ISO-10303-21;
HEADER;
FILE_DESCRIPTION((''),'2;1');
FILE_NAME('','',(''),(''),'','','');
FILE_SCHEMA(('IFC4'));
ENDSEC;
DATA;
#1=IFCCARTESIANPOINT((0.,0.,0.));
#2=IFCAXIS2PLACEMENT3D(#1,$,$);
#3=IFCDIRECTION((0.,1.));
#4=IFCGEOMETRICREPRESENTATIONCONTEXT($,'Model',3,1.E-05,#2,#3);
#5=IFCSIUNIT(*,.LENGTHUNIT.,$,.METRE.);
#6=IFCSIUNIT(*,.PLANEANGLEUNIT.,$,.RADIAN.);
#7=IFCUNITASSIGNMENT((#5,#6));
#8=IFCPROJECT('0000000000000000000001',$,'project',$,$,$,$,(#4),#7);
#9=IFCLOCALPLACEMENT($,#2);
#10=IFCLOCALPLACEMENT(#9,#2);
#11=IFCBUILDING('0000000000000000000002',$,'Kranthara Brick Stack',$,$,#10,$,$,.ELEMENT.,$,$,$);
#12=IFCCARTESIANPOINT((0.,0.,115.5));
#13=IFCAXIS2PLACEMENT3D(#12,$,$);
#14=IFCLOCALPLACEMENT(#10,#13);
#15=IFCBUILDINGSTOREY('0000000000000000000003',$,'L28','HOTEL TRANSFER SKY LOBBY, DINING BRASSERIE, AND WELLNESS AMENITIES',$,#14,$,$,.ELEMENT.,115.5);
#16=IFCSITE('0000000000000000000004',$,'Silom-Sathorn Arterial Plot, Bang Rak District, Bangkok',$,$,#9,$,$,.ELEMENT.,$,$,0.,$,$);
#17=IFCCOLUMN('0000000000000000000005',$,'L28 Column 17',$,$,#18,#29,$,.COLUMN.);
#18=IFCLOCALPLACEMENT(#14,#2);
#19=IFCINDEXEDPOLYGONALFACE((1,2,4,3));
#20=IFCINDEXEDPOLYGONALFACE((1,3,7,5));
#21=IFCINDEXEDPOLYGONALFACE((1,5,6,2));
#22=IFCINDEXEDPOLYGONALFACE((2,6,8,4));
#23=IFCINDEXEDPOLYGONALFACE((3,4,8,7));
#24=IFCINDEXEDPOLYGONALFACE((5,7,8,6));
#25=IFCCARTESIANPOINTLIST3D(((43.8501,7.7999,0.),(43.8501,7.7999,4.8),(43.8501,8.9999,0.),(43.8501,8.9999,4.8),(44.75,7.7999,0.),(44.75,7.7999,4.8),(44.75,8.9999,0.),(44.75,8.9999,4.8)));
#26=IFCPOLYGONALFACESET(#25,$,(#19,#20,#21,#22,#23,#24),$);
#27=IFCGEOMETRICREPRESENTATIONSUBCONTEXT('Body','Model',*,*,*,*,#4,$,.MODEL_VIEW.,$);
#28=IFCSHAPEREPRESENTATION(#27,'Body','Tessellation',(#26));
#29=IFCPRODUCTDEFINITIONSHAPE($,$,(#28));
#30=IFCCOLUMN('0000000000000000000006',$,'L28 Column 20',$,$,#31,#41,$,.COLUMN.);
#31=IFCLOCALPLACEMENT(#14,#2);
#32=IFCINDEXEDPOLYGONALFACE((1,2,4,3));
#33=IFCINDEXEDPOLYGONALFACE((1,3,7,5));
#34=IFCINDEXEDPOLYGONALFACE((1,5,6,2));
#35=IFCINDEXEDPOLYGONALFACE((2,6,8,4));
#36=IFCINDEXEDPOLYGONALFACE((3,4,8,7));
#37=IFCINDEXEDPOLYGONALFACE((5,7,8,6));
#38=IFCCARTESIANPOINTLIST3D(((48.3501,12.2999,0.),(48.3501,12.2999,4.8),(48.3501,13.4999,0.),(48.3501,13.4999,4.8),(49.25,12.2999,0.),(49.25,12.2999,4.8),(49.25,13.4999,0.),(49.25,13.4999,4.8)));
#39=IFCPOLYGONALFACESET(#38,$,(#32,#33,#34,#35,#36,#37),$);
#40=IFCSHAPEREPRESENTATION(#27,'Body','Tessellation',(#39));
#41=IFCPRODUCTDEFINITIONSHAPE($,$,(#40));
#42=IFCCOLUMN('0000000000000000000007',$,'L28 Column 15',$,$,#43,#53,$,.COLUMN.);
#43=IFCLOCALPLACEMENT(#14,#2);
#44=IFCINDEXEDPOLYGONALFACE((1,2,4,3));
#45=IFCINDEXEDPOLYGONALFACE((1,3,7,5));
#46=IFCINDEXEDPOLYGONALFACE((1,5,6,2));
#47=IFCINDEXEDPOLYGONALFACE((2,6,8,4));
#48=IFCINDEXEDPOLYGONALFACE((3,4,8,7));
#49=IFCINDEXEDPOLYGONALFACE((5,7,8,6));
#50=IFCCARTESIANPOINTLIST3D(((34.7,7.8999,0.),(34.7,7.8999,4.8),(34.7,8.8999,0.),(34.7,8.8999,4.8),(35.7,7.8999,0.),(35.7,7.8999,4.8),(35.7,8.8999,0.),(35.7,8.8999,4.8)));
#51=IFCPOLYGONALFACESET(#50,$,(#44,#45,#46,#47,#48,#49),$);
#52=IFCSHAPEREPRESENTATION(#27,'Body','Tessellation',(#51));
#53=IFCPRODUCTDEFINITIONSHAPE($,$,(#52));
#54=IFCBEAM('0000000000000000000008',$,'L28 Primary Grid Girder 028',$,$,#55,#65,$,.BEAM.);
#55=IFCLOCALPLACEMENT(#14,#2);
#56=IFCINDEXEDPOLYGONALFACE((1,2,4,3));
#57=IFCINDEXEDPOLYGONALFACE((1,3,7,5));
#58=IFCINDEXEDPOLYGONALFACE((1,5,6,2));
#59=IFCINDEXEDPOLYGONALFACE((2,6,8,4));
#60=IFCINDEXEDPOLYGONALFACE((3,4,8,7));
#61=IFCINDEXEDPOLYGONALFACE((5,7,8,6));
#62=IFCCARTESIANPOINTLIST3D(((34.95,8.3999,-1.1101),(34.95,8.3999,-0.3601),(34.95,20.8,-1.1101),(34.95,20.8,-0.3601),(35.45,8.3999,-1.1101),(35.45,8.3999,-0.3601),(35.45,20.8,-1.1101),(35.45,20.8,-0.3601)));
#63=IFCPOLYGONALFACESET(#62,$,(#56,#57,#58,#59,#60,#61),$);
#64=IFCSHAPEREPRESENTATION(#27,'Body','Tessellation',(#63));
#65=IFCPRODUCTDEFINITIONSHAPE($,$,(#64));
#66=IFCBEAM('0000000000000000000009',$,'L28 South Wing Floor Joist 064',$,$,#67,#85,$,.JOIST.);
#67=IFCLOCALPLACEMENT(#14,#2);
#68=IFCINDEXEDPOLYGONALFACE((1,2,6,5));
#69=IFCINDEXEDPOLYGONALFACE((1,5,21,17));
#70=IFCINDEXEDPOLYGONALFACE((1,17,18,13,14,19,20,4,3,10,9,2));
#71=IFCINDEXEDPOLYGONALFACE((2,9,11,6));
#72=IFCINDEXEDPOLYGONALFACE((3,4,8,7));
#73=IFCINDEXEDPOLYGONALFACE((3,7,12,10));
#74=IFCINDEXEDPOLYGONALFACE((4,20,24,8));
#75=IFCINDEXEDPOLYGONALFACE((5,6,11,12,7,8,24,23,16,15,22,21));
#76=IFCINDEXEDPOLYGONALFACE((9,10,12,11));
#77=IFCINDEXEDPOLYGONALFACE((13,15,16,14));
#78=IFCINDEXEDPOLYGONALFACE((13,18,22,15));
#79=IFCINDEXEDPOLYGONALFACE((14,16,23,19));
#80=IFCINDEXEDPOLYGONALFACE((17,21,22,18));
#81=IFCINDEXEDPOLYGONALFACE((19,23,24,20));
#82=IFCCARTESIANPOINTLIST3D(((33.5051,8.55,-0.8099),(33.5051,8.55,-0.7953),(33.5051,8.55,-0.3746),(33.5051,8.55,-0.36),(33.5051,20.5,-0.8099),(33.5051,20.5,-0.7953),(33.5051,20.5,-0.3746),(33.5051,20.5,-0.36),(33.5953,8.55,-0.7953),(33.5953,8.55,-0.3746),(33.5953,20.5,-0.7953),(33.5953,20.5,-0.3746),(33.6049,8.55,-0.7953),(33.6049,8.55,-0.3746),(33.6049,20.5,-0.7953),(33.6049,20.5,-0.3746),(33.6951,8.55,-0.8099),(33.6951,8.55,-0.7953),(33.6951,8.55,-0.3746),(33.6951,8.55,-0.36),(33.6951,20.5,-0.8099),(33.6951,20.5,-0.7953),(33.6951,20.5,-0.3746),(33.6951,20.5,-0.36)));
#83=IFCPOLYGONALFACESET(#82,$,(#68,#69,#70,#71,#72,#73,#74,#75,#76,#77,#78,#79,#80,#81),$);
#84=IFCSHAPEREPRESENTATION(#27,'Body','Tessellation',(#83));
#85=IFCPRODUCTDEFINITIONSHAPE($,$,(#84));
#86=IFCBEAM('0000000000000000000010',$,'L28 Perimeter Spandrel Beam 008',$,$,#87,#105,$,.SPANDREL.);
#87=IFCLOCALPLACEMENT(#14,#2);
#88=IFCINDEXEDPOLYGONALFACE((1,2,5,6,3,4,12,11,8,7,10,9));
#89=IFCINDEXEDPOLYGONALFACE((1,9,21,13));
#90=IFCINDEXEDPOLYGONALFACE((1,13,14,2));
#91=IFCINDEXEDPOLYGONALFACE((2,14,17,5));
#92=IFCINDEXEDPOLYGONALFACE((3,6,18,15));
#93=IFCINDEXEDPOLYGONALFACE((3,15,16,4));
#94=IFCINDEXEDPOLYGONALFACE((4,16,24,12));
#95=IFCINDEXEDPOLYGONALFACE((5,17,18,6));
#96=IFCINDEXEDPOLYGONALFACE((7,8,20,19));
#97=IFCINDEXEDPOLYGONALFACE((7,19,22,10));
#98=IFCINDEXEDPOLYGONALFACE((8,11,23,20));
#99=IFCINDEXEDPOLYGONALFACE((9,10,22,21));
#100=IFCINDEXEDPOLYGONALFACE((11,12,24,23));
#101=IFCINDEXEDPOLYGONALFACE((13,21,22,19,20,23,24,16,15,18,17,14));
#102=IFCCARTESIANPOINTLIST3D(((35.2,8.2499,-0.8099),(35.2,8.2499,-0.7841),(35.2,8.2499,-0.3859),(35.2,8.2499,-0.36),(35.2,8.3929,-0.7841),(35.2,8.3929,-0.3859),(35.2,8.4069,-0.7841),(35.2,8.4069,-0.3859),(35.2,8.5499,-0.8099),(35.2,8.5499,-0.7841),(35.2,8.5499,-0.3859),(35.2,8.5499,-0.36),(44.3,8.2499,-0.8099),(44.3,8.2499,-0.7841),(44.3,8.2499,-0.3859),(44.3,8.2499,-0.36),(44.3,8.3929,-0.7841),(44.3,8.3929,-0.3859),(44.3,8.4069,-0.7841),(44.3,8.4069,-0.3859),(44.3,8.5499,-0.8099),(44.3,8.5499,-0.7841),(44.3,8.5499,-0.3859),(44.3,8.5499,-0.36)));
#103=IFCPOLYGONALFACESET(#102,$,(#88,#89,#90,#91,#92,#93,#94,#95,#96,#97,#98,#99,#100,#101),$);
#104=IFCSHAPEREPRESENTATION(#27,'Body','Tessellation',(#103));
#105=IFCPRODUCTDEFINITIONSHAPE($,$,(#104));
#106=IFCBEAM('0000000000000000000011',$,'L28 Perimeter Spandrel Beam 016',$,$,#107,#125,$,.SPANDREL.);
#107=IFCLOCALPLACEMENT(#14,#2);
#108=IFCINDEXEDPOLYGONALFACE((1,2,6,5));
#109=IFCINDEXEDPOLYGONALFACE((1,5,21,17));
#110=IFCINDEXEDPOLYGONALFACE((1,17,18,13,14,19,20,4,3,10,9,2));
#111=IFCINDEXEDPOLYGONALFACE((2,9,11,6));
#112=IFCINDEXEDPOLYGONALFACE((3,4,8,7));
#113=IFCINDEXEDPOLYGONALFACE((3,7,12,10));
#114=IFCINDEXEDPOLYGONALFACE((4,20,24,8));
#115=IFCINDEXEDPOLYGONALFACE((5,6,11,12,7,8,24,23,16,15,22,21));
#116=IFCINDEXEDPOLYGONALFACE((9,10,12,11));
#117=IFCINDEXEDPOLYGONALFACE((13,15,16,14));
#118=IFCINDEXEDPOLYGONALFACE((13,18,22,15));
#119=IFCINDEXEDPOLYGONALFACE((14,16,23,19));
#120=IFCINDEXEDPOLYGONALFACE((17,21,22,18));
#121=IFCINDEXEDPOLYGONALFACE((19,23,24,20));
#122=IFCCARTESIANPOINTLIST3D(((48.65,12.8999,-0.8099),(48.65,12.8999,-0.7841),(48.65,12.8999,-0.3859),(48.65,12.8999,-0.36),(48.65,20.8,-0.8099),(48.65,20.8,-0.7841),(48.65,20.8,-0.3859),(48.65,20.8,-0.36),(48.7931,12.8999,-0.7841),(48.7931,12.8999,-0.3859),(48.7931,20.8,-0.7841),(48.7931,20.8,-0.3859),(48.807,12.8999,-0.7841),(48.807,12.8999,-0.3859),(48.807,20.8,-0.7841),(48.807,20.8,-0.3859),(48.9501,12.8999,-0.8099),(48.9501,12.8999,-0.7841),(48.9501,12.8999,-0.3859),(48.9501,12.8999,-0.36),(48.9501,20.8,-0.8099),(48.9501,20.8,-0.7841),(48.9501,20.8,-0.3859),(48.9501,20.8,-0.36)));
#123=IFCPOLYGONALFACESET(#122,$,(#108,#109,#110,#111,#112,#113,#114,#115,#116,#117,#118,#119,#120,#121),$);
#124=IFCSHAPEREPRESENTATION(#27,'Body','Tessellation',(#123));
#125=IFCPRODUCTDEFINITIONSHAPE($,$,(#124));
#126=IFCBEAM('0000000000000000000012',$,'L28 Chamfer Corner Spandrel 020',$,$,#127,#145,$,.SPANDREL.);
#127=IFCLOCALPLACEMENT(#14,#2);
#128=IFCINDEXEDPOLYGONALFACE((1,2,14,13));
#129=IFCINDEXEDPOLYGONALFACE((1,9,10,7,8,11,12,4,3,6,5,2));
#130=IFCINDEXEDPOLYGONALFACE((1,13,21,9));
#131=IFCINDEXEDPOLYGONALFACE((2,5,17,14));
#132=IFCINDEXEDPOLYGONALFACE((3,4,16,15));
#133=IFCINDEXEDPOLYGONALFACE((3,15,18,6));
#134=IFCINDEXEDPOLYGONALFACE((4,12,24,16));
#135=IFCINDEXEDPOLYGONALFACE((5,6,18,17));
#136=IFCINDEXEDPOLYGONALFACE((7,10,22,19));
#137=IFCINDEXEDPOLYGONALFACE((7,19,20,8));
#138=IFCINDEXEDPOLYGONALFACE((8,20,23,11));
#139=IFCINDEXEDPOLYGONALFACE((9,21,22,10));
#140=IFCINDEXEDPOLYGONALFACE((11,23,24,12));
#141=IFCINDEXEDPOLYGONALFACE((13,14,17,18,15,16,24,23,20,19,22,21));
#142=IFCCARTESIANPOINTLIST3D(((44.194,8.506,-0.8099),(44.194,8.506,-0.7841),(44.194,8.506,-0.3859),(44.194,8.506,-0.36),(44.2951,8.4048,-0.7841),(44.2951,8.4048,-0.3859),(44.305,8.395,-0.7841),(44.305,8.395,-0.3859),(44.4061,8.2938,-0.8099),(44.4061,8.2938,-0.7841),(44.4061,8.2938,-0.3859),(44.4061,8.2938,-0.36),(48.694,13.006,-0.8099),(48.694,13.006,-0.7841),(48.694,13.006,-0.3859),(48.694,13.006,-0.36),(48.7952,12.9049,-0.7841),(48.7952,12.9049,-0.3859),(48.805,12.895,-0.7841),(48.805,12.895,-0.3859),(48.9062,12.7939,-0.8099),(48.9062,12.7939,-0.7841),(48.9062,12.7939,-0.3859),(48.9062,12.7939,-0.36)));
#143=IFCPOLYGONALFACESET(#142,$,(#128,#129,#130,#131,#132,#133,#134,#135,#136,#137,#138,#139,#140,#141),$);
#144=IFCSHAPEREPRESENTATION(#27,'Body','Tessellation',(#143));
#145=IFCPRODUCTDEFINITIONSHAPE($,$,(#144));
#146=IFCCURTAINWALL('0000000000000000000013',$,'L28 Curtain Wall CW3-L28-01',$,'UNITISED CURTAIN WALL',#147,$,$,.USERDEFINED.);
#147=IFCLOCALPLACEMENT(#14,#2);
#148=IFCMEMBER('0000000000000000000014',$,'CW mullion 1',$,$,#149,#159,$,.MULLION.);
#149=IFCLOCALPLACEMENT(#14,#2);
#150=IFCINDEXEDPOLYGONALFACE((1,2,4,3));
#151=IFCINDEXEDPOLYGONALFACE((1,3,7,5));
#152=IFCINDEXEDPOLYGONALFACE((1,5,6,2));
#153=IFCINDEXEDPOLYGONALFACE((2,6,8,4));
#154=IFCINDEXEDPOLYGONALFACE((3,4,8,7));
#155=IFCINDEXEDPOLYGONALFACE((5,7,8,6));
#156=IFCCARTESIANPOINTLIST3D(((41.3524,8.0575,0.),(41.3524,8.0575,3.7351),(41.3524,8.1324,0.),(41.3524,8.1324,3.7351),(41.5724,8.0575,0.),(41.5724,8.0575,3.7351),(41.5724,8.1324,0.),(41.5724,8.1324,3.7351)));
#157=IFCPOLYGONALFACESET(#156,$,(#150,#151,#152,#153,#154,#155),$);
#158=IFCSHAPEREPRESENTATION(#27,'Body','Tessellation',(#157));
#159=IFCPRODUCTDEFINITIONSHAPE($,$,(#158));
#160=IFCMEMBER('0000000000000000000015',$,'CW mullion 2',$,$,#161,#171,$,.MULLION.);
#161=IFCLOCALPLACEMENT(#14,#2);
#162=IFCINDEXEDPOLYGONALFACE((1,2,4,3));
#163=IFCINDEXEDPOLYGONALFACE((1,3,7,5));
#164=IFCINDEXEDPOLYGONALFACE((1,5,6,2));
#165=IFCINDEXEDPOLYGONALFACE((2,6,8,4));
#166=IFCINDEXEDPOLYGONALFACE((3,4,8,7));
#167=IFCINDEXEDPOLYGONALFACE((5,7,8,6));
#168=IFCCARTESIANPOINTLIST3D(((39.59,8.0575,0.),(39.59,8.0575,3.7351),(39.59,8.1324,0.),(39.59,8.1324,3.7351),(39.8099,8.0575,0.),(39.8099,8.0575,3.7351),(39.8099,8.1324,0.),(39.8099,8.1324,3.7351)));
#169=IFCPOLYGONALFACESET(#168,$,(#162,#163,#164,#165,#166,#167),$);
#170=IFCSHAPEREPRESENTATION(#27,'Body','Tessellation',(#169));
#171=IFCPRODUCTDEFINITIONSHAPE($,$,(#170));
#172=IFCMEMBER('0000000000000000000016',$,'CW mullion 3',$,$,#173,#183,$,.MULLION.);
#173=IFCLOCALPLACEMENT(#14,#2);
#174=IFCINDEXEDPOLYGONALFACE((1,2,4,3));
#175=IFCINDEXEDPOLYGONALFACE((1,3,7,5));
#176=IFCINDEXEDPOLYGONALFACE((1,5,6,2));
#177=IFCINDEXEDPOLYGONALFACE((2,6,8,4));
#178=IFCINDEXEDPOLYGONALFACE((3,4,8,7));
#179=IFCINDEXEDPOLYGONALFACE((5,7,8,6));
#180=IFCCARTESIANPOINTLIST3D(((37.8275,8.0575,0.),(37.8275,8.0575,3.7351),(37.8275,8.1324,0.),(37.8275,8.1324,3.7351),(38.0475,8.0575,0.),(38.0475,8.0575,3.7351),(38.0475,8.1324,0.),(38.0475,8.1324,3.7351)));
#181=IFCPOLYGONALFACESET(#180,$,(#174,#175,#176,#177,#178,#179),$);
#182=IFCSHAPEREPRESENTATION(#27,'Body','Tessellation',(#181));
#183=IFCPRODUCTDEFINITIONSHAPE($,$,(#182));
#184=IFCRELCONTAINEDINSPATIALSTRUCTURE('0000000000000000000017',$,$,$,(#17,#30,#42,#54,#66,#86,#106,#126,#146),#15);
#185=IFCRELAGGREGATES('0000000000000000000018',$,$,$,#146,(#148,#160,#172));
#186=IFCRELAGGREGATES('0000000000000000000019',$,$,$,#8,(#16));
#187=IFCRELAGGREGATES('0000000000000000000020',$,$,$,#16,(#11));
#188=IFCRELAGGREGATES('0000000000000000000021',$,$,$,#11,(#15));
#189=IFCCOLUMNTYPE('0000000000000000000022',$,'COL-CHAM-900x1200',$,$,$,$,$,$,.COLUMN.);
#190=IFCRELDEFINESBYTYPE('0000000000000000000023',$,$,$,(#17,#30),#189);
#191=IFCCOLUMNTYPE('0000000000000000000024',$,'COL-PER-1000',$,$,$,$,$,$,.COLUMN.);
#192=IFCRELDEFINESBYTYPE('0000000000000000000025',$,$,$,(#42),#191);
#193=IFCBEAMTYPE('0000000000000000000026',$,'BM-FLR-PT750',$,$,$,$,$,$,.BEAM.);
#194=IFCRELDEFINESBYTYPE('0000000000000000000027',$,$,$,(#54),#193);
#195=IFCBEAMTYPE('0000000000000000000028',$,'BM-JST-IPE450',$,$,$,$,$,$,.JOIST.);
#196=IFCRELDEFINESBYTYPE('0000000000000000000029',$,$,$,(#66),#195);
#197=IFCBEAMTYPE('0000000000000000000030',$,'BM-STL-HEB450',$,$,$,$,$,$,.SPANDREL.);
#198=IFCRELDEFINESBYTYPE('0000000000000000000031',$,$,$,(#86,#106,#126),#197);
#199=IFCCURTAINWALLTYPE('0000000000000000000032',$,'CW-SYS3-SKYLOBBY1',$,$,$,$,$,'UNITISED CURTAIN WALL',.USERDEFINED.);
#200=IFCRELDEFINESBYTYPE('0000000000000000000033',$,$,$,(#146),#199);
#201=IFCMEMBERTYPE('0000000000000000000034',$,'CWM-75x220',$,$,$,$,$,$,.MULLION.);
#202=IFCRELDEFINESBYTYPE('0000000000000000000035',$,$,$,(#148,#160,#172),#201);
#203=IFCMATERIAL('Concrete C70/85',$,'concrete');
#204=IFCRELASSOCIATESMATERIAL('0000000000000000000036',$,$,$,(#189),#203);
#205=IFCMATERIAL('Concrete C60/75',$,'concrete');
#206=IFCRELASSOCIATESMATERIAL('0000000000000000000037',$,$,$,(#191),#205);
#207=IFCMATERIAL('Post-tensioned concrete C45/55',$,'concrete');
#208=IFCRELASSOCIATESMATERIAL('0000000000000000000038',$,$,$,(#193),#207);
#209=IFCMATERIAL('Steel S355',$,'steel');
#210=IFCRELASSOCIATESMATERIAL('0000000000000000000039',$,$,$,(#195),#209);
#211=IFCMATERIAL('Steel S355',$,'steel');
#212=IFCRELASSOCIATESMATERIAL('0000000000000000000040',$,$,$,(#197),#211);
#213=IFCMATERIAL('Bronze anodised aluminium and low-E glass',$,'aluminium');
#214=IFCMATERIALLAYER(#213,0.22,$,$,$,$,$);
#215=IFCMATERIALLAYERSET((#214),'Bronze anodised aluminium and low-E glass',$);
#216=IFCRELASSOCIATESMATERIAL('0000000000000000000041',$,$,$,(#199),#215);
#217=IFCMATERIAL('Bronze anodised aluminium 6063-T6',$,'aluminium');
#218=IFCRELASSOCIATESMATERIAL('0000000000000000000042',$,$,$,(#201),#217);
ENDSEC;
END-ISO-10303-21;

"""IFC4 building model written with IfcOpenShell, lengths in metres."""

from ifc_helpers import new_model, si_unit, direction, frame, origin, origin_2d, place, context, subcontext, project, spatial, rectangle, i_section, extrude, material, layer, layer_set, material_profile, profile_set, type_object, element, aggregate, save


model = new_model("IFC4")

# Units and contexts
model_context = context("Model", 3, precision=1e-05, world=origin(), true_north=direction((0.0, 1.0)))
body_context = subcontext(model_context, "Body", "Model", "MODEL_VIEW")
ifc_project = project(units=[si_unit("LENGTHUNIT", "METRE"), si_unit("PLANEANGLEUNIT", "RADIAN")], contexts=[model_context])

# Site, building, storey
site_placement = place(None, origin())
site = spatial("IfcSite", under=ifc_project, at=site_placement, Name="Silom-Sathorn Arterial Plot, Bang Rak District, Bangkok", CompositionType="ELEMENT", RefElevation=0.0)
building_placement = place(site_placement, origin())
building = spatial("IfcBuilding", under=site, at=building_placement, Name="Kranthara Brick Stack", CompositionType="ELEMENT")
storey_placement = place(building_placement, frame((0.0, 0.0, 115.5)))
storey = spatial("IfcBuildingStorey", under=building, at=storey_placement, Name="L28", Description="HOTEL TRANSFER SKY LOBBY, DINING BRASSERIE, AND WELLNESS AMENITIES", CompositionType="ELEMENT", Elevation=115.5)

# Columns
ifc_material_1 = material(Name="Concrete C70/85", Category="concrete")
ifc_material_profile_1 = material_profile(ifc_material_1, rectangle(XDim=0.8999, YDim=1.2, at=origin_2d()), Name="RC 900x1200")
ifc_profile_set_1 = profile_set([ifc_material_profile_1], Name="Concrete C70/85")
column_type_1 = type_object("IfcColumnType", Name="COL-CHAM-900x1200", PredefinedType="COLUMN", material=ifc_profile_set_1)
for number, where, z_axis, x_axis, name in (
    (1, (44.3, 8.3999, 0.0), (0.0, 0.0, 1.0), (1.0, 0.0, 0.0), "L28 Column 17"),
    (2, (48.8, 12.8999, 0.0), (0.0, 0.0, 1.0), (1.0, 0.0, 0.0), "L28 Column 20"),
):
    element("IfcColumn", number, at=place(storey_placement, frame(where, z_axis=z_axis, x_axis=x_axis)), inside=storey, type_object=column_type_1, Name=name, PredefinedType="COLUMN", context=body_context, shape_type="SweptSolid", body=[
        extrude(rectangle(XDim=0.8999, YDim=1.2, at=origin_2d()), origin(), (0.0, 0.0, 1.0), 4.8),
    ])
ifc_material_2 = material(Name="Concrete C60/75", Category="concrete")
ifc_material_profile_2 = material_profile(ifc_material_2, rectangle(XDim=1.0, YDim=1.0, at=origin_2d()), Name="RC 1000x1000")
ifc_profile_set_2 = profile_set([ifc_material_profile_2], Name="Concrete C60/75")
column_type_2 = type_object("IfcColumnType", Name="COL-PER-1000", PredefinedType="COLUMN", material=ifc_profile_set_2)
column_placement = place(storey_placement, frame((35.2, 8.3999, 0.0), z_axis=(0.0, 0.0, 1.0), x_axis=(1.0, 0.0, 0.0)))
element("IfcColumn", 3, at=column_placement, inside=storey, type_object=column_type_2, Name="L28 Column 15", PredefinedType="COLUMN", context=body_context, shape_type="SweptSolid", body=[
    extrude(rectangle(XDim=1.0, YDim=1.0, at=origin_2d()), origin(), (0.0, 0.0, 1.0), 4.8),
])

# Beams
ifc_material_3 = material(Name="Post-tensioned concrete C45/55", Category="concrete")
ifc_material_profile_3 = material_profile(ifc_material_3, rectangle(XDim=0.5, YDim=0.75, at=origin_2d()), Name="PT 500x750")
ifc_profile_set_3 = profile_set([ifc_material_profile_3], Name="Post-tensioned concrete C45/55")
beam_type_1 = type_object("IfcBeamType", Name="BM-FLR-PT750", PredefinedType="BEAM", material=ifc_profile_set_3)
beam_1_placement = place(storey_placement, frame((35.2, 8.3999, -0.7351), z_axis=(0.0, 1.0, 0.0), x_axis=(-1.0, 0.0, 0.0)))
element("IfcBeam", 4, at=beam_1_placement, inside=storey, type_object=beam_type_1, Name="L28 Primary Grid Girder 028", PredefinedType="BEAM", context=body_context, shape_type="SweptSolid", body=[
    extrude(rectangle(XDim=0.5, YDim=0.75, at=origin_2d()), origin(), (0.0, 0.0, 1.0), 12.4001),
])
ifc_material_4 = material(Name="Steel S355", Category="steel")
ifc_material_profile_4 = material_profile(ifc_material_4, i_section(OverallWidth=0.1899, OverallDepth=0.45, WebThickness=0.0095, FlangeThickness=0.0146, at=origin_2d()), Name="IPE 450")
ifc_profile_set_4 = profile_set([ifc_material_profile_4], Name="Steel S355")
beam_type_2 = type_object("IfcBeamType", Name="BM-JST-IPE450", PredefinedType="JOIST", material=ifc_profile_set_4)
beam_2_placement = place(storey_placement, frame((33.6001, 8.55, -0.585), z_axis=(0.0, 1.0, 0.0), x_axis=(-1.0, 0.0, 0.0)))
element("IfcBeam", 5, at=beam_2_placement, inside=storey, type_object=beam_type_2, Name="L28 South Wing Floor Joist 064", PredefinedType="JOIST", context=body_context, shape_type="SweptSolid", body=[
    extrude(i_section(OverallWidth=0.1899, OverallDepth=0.45, WebThickness=0.0095, FlangeThickness=0.0146, at=origin_2d()), origin(), (0.0, 0.0, 1.0), 11.95),
])
ifc_material_5 = material(Name="Steel S355", Category="steel")
ifc_material_profile_5 = material_profile(ifc_material_5, i_section(OverallWidth=0.3, OverallDepth=0.45, WebThickness=0.0139, FlangeThickness=0.0259, at=origin_2d()), Name="HEB 450")
ifc_profile_set_5 = profile_set([ifc_material_profile_5], Name="Steel S355")
beam_type_3 = type_object("IfcBeamType", Name="BM-STL-HEB450", PredefinedType="SPANDREL", material=ifc_profile_set_5)
beam_3_placement = place(storey_placement, frame((35.2, 8.3999, -0.585), z_axis=(1.0, 0.0, 0.0), x_axis=(0.0, 1.0, 0.0)))
element("IfcBeam", 6, at=beam_3_placement, inside=storey, type_object=beam_type_3, Name="L28 Perimeter Spandrel Beam 008", PredefinedType="SPANDREL", context=body_context, shape_type="SweptSolid", body=[
    extrude(i_section(OverallWidth=0.3, OverallDepth=0.45, WebThickness=0.0139, FlangeThickness=0.0259, at=origin_2d()), origin(), (0.0, 0.0, 1.0), 9.1001),
])
beam_4_placement = place(storey_placement, frame((48.8, 12.8999, -0.585), z_axis=(0.0, 1.0, 0.0), x_axis=(-1.0, 0.0, 0.0)))
element("IfcBeam", 7, at=beam_4_placement, inside=storey, type_object=beam_type_3, Name="L28 Perimeter Spandrel Beam 016", PredefinedType="SPANDREL", context=body_context, shape_type="SweptSolid", body=[
    extrude(i_section(OverallWidth=0.3, OverallDepth=0.45, WebThickness=0.0139, FlangeThickness=0.0259, at=origin_2d()), origin(), (0.0, 0.0, 1.0), 7.9001),
])
beam_5_placement = place(storey_placement, frame((44.3, 8.3999, -0.585), z_axis=(0.707107, 0.707107, 0.0), x_axis=(-0.707107, 0.707107, 0.0)))
element("IfcBeam", 8, at=beam_5_placement, inside=storey, type_object=beam_type_3, Name="L28 Chamfer Corner Spandrel 020", PredefinedType="SPANDREL", context=body_context, shape_type="SweptSolid", body=[
    extrude(i_section(OverallWidth=0.3, OverallDepth=0.45, WebThickness=0.0139, FlangeThickness=0.0259, at=origin_2d()), origin(), (0.0, 0.0, 1.0), 6.364),
])

# Curtain wall, members
ifc_material_6 = material(Name="Bronze anodised aluminium and low-E glass", Category="aluminium")
ifc_layer_1 = layer(ifc_material_6, 0.22)
ifc_layer_set_1 = layer_set([ifc_layer_1], Name="Bronze anodised aluminium and low-E glass")
curtain_wall_type = type_object("IfcCurtainWallType", Name="CW-SYS3-SKYLOBBY1", ElementType="UNITISED CURTAIN WALL", PredefinedType="USERDEFINED", material=ifc_layer_set_1)
curtain_wall_1_placement = place(storey_placement, origin())
curtain_wall_1 = element("IfcCurtainWall", 9, at=curtain_wall_1_placement, inside=storey, type_object=curtain_wall_type, Name="L28 Curtain Wall CW3-L28-01", ObjectType="UNITISED CURTAIN WALL", PredefinedType="USERDEFINED")
ifc_material_7 = material(Name="Bronze anodised aluminium 6063-T6", Category="aluminium")
ifc_material_profile_6 = material_profile(ifc_material_7, rectangle(XDim=0.075, YDim=0.22, at=origin_2d()), Name="ALU MULLION 75x220")
ifc_profile_set_6 = profile_set([ifc_material_profile_6], Name="Bronze anodised aluminium 6063-T6")
member_type_1 = type_object("IfcMemberType", Name="CWM-75x220", PredefinedType="MULLION", material=ifc_profile_set_6)
member_1_placement = place(storey_placement, frame((41.4624, 8.095, 0.0), z_axis=(0.0, 0.0, 1.0), x_axis=(0.0, -1.0, 0.0)))
member_1 = element("IfcMember", 10, at=member_1_placement, type_object=member_type_1, Name="CW mullion 1", PredefinedType="MULLION", context=body_context, shape_type="SweptSolid", body=[
    extrude(rectangle(XDim=0.075, YDim=0.22, at=origin_2d()), origin(), (0.0, 0.0, 1.0), 3.7351),
])
member_2_placement = place(storey_placement, frame((39.7, 8.095, 0.0), z_axis=(0.0, 0.0, 1.0), x_axis=(0.0, -1.0, 0.0)))
member_2 = element("IfcMember", 11, at=member_2_placement, type_object=member_type_1, Name="CW mullion 2", PredefinedType="MULLION", context=body_context, shape_type="SweptSolid", body=[
    extrude(rectangle(XDim=0.075, YDim=0.22, at=origin_2d()), origin(), (0.0, 0.0, 1.0), 3.7351),
])
member_3_placement = place(storey_placement, frame((37.9375, 8.095, 0.0), z_axis=(0.0, 0.0, 1.0), x_axis=(0.0, -1.0, 0.0)))
member_3 = element("IfcMember", 12, at=member_3_placement, type_object=member_type_1, Name="CW mullion 3", PredefinedType="MULLION", context=body_context, shape_type="SweptSolid", body=[
    extrude(rectangle(XDim=0.075, YDim=0.22, at=origin_2d()), origin(), (0.0, 0.0, 1.0), 3.7351),
])

aggregate(curtain_wall_1, [member_1, member_2, member_3])

save(model, "model.ifc")
